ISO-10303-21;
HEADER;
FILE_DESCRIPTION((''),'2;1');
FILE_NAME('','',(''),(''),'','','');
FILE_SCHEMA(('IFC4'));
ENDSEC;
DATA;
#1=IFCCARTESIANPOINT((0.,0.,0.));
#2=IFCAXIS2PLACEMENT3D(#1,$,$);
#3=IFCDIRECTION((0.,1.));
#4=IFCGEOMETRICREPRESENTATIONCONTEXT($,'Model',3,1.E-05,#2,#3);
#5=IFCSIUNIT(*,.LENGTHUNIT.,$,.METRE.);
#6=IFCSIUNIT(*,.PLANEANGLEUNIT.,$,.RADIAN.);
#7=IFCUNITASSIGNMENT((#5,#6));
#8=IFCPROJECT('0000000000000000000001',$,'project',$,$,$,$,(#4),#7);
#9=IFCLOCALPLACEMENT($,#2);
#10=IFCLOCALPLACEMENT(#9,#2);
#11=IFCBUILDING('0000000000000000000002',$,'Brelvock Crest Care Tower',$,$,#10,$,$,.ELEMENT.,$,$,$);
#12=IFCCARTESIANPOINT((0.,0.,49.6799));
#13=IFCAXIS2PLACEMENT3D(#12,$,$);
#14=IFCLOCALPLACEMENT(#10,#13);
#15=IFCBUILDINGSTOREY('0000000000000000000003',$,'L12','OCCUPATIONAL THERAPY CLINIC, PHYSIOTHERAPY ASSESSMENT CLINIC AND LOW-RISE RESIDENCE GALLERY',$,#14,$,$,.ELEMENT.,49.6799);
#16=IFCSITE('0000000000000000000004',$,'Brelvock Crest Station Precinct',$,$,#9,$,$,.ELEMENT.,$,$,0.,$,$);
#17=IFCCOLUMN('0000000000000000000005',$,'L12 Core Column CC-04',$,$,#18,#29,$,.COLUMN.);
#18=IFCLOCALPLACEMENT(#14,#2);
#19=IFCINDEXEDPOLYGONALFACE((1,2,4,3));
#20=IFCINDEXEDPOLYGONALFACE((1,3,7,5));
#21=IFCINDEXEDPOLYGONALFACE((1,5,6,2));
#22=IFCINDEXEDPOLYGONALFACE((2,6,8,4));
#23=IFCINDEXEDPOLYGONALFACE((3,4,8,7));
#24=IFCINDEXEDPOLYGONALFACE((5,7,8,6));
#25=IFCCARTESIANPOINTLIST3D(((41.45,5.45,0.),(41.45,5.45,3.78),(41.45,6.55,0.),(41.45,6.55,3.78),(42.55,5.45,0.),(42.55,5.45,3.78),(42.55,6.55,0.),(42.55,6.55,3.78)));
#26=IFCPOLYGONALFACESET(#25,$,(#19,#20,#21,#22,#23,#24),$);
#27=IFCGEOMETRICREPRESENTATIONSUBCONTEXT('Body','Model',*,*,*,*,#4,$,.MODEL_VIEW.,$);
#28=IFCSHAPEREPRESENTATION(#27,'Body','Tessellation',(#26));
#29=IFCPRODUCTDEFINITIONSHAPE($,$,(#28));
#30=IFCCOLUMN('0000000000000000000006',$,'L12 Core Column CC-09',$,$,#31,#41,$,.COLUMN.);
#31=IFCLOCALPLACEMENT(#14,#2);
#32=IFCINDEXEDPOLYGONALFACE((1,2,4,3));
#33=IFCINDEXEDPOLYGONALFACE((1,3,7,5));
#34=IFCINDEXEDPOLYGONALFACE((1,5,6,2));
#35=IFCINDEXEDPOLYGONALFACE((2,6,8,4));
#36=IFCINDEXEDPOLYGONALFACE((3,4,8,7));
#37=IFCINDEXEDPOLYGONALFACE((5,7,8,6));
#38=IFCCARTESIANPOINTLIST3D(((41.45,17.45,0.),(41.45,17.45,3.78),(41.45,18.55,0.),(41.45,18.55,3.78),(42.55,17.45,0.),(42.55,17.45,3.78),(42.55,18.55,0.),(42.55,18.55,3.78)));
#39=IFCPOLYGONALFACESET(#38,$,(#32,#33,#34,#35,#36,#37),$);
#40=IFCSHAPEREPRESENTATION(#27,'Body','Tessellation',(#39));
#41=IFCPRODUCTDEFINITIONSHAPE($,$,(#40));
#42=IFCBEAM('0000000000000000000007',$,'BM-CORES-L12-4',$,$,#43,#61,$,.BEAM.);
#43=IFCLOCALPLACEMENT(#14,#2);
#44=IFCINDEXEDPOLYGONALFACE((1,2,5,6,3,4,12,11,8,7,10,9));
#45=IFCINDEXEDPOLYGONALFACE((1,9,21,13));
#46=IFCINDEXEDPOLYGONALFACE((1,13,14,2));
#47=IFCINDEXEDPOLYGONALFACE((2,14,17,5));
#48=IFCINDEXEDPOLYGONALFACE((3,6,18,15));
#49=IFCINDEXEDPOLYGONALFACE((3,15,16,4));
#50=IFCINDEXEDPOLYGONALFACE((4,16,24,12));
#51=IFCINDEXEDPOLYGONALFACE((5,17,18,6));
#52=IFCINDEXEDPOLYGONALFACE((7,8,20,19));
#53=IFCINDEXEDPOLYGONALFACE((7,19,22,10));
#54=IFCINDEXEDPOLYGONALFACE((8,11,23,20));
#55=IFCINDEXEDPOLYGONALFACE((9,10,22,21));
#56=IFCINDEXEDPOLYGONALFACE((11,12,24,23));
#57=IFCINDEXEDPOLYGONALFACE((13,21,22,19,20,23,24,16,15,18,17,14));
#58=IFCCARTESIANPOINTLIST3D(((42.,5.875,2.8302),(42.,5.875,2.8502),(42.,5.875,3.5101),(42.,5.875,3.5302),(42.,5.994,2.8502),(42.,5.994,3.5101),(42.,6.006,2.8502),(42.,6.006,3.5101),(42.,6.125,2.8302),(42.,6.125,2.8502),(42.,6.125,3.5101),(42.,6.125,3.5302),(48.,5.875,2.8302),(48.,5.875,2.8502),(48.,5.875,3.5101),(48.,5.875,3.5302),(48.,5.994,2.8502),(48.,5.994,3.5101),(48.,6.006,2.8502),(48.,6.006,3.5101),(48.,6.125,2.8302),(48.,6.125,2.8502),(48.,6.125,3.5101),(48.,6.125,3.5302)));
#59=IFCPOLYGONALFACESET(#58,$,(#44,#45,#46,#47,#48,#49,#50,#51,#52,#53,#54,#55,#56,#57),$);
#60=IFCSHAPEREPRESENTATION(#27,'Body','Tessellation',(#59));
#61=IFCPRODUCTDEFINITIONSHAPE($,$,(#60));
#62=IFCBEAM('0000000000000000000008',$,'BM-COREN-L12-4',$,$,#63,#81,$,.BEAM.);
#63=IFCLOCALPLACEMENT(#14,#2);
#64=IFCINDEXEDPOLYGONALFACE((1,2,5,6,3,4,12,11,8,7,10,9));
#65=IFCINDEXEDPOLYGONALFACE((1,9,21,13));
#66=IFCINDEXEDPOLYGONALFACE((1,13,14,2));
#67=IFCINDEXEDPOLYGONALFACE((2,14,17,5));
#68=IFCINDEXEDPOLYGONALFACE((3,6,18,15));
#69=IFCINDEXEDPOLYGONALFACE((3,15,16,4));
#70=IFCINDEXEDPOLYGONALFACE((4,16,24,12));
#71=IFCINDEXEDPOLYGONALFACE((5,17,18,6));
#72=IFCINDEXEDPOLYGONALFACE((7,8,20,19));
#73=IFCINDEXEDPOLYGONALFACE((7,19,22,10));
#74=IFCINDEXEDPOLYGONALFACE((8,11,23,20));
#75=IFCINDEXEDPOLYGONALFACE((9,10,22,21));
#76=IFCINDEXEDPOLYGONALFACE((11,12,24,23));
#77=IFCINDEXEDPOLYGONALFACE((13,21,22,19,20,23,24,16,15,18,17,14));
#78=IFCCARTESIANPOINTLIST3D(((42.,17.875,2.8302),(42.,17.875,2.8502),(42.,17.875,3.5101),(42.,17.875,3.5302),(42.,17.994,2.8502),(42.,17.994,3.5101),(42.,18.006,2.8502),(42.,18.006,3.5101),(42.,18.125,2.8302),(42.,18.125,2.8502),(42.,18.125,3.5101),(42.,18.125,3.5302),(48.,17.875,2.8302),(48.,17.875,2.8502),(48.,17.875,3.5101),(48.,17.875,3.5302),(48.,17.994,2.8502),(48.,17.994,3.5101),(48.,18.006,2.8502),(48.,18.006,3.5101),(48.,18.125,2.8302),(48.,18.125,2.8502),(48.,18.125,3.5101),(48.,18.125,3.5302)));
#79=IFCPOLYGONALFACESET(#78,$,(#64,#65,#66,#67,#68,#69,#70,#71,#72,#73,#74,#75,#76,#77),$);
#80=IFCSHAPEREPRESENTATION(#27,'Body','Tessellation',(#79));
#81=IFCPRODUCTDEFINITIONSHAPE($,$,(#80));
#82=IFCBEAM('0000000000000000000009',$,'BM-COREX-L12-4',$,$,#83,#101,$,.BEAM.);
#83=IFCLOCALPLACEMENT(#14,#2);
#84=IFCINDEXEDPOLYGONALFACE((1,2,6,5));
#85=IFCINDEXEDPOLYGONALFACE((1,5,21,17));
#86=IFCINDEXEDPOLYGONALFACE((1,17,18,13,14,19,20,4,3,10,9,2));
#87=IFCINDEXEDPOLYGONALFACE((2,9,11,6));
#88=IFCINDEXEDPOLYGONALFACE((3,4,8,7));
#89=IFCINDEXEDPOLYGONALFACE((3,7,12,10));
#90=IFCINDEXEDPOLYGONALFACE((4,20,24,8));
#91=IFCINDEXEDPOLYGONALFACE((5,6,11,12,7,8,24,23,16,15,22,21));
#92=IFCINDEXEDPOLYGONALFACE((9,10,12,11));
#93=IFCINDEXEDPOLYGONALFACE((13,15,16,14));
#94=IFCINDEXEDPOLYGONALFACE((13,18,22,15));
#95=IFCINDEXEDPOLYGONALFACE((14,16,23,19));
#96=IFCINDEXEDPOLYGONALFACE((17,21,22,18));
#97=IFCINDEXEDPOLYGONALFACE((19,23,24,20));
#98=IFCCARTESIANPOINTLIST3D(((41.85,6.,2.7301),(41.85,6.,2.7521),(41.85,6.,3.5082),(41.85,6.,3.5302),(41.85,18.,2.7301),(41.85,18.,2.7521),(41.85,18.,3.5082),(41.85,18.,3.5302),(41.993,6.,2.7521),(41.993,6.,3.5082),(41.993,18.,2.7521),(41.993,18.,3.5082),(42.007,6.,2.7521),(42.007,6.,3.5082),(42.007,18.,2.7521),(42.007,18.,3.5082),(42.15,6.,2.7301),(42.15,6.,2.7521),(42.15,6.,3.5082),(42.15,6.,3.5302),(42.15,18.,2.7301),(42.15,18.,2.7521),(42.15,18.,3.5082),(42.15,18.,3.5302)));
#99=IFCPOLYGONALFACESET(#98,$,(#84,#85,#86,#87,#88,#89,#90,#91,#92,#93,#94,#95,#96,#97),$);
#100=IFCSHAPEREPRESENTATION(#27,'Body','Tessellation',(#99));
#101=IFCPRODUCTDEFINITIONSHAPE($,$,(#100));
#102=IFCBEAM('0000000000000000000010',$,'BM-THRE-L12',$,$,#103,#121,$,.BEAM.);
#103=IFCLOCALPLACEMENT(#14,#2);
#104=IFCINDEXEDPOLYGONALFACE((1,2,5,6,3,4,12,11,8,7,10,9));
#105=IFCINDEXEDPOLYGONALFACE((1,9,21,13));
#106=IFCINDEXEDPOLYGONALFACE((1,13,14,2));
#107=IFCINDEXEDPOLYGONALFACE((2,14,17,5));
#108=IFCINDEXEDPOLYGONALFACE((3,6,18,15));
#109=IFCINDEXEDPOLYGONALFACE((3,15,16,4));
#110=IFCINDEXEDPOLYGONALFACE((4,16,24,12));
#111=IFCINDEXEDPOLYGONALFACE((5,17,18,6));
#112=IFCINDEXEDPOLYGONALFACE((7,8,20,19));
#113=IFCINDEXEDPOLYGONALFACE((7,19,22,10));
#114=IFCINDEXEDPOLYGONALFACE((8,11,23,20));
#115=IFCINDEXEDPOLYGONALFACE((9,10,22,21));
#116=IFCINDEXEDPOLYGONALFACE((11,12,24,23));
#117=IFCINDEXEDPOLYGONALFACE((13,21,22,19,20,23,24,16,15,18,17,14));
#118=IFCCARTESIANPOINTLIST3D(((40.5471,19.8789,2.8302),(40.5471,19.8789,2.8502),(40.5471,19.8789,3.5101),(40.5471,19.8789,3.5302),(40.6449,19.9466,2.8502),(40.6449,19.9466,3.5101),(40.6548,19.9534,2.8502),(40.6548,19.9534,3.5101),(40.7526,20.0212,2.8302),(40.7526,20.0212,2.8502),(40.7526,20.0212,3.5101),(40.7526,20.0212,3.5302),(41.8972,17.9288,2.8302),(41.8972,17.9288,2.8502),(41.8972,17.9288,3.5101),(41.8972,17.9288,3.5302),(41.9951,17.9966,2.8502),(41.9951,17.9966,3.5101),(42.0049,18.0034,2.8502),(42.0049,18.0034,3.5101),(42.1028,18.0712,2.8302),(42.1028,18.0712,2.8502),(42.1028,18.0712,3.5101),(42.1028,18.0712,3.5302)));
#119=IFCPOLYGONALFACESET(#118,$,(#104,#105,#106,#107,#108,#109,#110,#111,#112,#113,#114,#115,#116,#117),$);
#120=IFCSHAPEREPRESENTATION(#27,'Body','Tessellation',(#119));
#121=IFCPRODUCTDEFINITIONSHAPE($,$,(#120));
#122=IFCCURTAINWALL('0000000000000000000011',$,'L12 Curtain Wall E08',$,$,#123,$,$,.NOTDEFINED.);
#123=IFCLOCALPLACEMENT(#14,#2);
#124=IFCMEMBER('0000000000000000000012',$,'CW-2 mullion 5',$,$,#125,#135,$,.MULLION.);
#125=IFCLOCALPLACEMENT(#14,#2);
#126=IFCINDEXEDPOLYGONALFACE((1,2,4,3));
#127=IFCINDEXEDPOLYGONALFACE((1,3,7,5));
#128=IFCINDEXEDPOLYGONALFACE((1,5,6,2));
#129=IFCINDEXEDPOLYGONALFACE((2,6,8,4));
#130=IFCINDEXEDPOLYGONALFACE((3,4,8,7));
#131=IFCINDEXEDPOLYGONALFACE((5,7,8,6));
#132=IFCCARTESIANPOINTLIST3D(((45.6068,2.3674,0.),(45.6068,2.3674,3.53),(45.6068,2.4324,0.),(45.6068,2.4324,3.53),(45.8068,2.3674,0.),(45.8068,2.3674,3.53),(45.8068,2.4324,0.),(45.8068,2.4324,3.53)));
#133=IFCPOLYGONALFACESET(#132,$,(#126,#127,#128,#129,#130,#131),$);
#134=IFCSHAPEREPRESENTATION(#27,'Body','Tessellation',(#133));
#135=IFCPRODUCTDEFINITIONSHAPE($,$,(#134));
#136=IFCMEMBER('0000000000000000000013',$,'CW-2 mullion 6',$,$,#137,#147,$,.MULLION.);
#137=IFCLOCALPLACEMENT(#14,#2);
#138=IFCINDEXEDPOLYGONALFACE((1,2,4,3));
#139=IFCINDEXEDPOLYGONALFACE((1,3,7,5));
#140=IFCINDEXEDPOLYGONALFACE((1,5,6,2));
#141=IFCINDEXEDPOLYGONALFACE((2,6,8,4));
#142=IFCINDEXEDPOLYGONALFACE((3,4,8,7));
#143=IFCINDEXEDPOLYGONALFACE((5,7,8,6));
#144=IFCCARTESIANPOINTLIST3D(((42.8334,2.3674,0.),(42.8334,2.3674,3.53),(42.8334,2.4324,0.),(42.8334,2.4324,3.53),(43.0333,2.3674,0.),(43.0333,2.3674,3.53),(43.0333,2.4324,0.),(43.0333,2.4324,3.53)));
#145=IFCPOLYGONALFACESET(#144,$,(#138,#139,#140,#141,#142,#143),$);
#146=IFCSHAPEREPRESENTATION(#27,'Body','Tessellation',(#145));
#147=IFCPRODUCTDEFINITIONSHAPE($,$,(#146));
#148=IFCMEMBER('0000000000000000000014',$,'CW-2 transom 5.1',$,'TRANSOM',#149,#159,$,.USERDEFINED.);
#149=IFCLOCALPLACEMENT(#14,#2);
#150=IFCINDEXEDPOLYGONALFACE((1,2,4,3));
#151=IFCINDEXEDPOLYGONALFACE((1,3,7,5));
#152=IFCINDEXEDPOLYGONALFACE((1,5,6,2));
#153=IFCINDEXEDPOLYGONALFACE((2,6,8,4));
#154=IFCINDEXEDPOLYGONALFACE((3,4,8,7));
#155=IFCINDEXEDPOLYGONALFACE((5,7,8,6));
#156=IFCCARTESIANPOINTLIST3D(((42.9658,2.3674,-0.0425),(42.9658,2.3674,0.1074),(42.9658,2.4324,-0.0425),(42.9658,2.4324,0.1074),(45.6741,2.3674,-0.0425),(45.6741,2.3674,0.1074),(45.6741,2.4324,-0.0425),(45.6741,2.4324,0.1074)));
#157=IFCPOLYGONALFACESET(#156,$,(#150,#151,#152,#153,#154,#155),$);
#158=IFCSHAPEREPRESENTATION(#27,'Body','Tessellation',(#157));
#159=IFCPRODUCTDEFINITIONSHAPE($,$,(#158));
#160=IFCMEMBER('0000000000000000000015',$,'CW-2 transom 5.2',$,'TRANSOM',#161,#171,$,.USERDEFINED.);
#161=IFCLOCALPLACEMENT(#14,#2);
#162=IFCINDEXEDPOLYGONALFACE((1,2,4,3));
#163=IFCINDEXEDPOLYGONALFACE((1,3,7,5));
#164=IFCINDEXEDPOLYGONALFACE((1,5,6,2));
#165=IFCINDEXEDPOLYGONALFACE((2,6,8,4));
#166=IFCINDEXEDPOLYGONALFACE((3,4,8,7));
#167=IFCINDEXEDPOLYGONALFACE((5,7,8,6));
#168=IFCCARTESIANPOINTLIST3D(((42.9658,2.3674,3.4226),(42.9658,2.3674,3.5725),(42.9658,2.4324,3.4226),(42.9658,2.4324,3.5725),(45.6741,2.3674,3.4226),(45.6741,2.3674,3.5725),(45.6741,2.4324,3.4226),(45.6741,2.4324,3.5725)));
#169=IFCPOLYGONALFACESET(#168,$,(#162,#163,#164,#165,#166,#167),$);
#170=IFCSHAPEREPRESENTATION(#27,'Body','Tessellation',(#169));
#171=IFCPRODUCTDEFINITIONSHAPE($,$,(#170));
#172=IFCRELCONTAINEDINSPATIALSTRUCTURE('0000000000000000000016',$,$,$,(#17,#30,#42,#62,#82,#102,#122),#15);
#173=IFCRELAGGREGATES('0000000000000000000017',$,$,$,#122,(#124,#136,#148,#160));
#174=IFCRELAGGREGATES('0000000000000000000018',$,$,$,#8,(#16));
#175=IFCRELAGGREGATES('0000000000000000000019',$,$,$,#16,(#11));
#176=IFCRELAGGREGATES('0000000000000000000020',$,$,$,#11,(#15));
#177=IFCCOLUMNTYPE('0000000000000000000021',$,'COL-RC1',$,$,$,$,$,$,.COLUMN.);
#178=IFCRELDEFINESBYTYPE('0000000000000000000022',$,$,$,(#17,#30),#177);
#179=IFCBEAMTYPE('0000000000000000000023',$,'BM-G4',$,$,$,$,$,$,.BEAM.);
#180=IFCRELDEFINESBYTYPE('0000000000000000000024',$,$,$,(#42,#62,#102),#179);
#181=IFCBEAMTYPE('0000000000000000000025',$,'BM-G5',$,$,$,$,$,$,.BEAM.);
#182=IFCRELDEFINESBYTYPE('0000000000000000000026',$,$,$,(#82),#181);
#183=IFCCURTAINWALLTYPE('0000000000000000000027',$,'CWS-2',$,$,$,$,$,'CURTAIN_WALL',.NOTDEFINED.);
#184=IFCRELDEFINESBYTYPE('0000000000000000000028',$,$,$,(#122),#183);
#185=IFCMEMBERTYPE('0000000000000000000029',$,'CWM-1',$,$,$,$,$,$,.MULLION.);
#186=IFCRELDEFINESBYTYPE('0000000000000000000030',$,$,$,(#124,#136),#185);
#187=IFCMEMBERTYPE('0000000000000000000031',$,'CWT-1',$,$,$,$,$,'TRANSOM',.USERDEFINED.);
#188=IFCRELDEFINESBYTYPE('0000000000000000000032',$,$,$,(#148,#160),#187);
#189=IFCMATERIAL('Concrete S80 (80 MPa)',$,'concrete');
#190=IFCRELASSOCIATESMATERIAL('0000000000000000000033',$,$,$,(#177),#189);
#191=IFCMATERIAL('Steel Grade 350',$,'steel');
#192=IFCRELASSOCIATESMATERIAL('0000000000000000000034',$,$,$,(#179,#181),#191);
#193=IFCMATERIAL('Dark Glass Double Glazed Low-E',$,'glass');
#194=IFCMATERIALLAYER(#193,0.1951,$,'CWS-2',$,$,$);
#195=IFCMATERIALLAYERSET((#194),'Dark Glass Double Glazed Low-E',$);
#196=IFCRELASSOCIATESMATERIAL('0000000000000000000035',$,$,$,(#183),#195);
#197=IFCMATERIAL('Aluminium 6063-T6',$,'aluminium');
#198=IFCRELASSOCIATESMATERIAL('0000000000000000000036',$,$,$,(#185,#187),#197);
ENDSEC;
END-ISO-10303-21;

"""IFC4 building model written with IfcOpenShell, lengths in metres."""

from ifc_helpers import new_model, si_unit, direction, frame, origin, origin_2d, place, context, subcontext, project, spatial, rectangle, i_section, extrude, source, transform, mapped, material, layer, layer_set, material_profile, profile_set, type_object, element, aggregate, save


model = new_model("IFC4")

# Units and contexts
model_context = context("Model", 3, precision=1e-05, world=origin(), true_north=direction((0.0, 1.0)))
body_context = subcontext(model_context, "Body", "Model", "MODEL_VIEW")
ifc_project = project(units=[si_unit("LENGTHUNIT", "METRE"), si_unit("PLANEANGLEUNIT", "RADIAN")], contexts=[model_context])

# Site, building, storey
site_placement = place(None, origin())
site = spatial("IfcSite", under=ifc_project, at=site_placement, Name="Brelvock Crest Station Precinct", CompositionType="ELEMENT", RefElevation=0.0)
building_placement = place(site_placement, origin())
building = spatial("IfcBuilding", under=site, at=building_placement, Name="Brelvock Crest Care Tower", CompositionType="ELEMENT")
storey_placement = place(building_placement, frame((0.0, 0.0, 49.6799)))
storey = spatial("IfcBuildingStorey", under=building, at=storey_placement, Name="L12", Description="OCCUPATIONAL THERAPY CLINIC, PHYSIOTHERAPY ASSESSMENT CLINIC AND LOW-RISE RESIDENCE GALLERY", CompositionType="ELEMENT", Elevation=49.6799)

# Columns
ifc_material_1 = material(Name="Concrete S80 (80 MPa)", Category="concrete")
ifc_material_profile_1 = material_profile(ifc_material_1, rectangle(XDim=1.1001, YDim=1.1001, at=origin_2d()), Name="RC1100x1100")
ifc_profile_set_1 = profile_set([ifc_material_profile_1], Name="Concrete S80 (80 MPa)")
column_type = type_object("IfcColumnType", Name="COL-RC1", PredefinedType="COLUMN", material=ifc_profile_set_1)
shared_shape_1 = source(origin(), body_context, "Body", "SweptSolid", [
    extrude(rectangle(XDim=1.1001, YDim=1.1001, at=origin_2d()), origin(), (0.0, 0.0, 1.0), 3.78),
])
for number, where, z_axis, x_axis, name in (
    (1, (42.0, 6.0, 0.0), (0.0, 0.0, 1.0), (1.0, 0.0, 0.0), "L12 Core Column CC-04"),
    (2, (42.0, 18.0, 0.0), (0.0, 0.0, 1.0), (1.0, 0.0, 0.0), "L12 Core Column CC-09"),
):
    element("IfcColumn", number, at=place(storey_placement, frame(where, z_axis=z_axis, x_axis=x_axis)), inside=storey, type_object=column_type, Name=name, PredefinedType="COLUMN", context=body_context, shape_type="MappedRepresentation", body=[
        mapped(shared_shape_1, transform((0.0, 0.0, 0.0), x_axis=(1.0, 0.0, 0.0), y_axis=(0.0, 1.0, 0.0), z_axis=(0.0, 0.0, 1.0), scale=1.0)),
    ])

# Beams
ifc_material_2 = material(Name="Steel Grade 350", Category="steel")
ifc_material_profile_2 = material_profile(ifc_material_2, i_section(OverallWidth=0.25, OverallDepth=0.7, WebThickness=0.012, FlangeThickness=0.02, at=origin_2d()), Name="700WB150")
ifc_profile_set_2 = profile_set([ifc_material_profile_2], Name="Steel Grade 350")
beam_type_1 = type_object("IfcBeamType", Name="BM-G4", PredefinedType="BEAM", material=ifc_profile_set_2)
shared_shape_2 = source(origin(), body_context, "Body", "SweptSolid", [
    extrude(i_section(OverallWidth=0.25, OverallDepth=0.7, WebThickness=0.012, FlangeThickness=0.02, at=origin_2d()), origin(), (0.0, 0.0, 1.0), 6.0),
])
for number, where, z_axis, x_axis, name in (
    (3, (42.0, 6.0, 3.1802), (1.0, 0.0, 0.0), (0.0, 1.0, 0.0), "BM-CORES-L12-4"),
    (4, (42.0, 18.0, 3.1802), (1.0, 0.0, 0.0), (0.0, 1.0, 0.0), "BM-COREN-L12-4"),
):
    element("IfcBeam", number, at=place(storey_placement, frame(where, z_axis=z_axis, x_axis=x_axis)), inside=storey, type_object=beam_type_1, Name=name, PredefinedType="BEAM", context=body_context, shape_type="MappedRepresentation", body=[
        mapped(shared_shape_2, transform((0.0, 0.0, 0.0), x_axis=(1.0, 0.0, 0.0), y_axis=(0.0, 1.0, 0.0), z_axis=(0.0, 0.0, 1.0), scale=1.0)),
    ])
ifc_material_profile_3 = material_profile(ifc_material_2, i_section(OverallWidth=0.3, OverallDepth=0.8, WebThickness=0.0139, FlangeThickness=0.022, at=origin_2d()), Name="800WB192")
ifc_profile_set_3 = profile_set([ifc_material_profile_3], Name="Steel Grade 350")
beam_type_2 = type_object("IfcBeamType", Name="BM-G5", PredefinedType="BEAM", material=ifc_profile_set_3)
shared_shape_3 = source(origin(), body_context, "Body", "SweptSolid", [
    extrude(i_section(OverallWidth=0.3, OverallDepth=0.8, WebThickness=0.0139, FlangeThickness=0.022, at=origin_2d()), origin(), (0.0, 0.0, 1.0), 12.0),
])
beam_1_placement = place(storey_placement, frame((42.0, 6.0, 3.1301), z_axis=(0.0, 1.0, 0.0), x_axis=(-1.0, 0.0, 0.0)))
element("IfcBeam", 5, at=beam_1_placement, inside=storey, type_object=beam_type_2, Name="BM-COREX-L12-4", PredefinedType="BEAM", context=body_context, shape_type="MappedRepresentation", body=[
    mapped(shared_shape_3, transform((0.0, 0.0, 0.0), x_axis=(1.0, 0.0, 0.0), y_axis=(0.0, 1.0, 0.0), z_axis=(0.0, 0.0, 1.0), scale=1.0)),
])
shared_shape_4 = source(origin(), body_context, "Body", "SweptSolid", [
    extrude(i_section(OverallWidth=0.25, OverallDepth=0.7, WebThickness=0.012, FlangeThickness=0.02, at=origin_2d()), origin(), (0.0, 0.0, 1.0), 2.3718),
])
beam_2_placement = place(storey_placement, frame((42.0, 18.0, 3.1802), z_axis=(-0.569247, 0.822166, 0.0), x_axis=(-0.822166, -0.569247, 0.0)))
element("IfcBeam", 6, at=beam_2_placement, inside=storey, type_object=beam_type_1, Name="BM-THRE-L12", PredefinedType="BEAM", context=body_context, shape_type="MappedRepresentation", body=[
    mapped(shared_shape_4, transform((0.0, 0.0, 0.0), x_axis=(1.0, 0.0, 0.0), y_axis=(0.0, 1.0, 0.0), z_axis=(0.0, 0.0, 1.0), scale=1.0)),
])

# Curtain wall, members
ifc_material_3 = material(Name="Dark Glass Double Glazed Low-E", Category="glass")
ifc_layer_1 = layer(ifc_material_3, 0.1951, Name="CWS-2")
ifc_layer_set_1 = layer_set([ifc_layer_1], Name="Dark Glass Double Glazed Low-E")
curtain_wall_type = type_object("IfcCurtainWallType", Name="CWS-2", ElementType="CURTAIN_WALL", PredefinedType="NOTDEFINED", material=ifc_layer_set_1)
curtain_wall_placement = place(storey_placement, origin())
curtain_wall = element("IfcCurtainWall", 7, at=curtain_wall_placement, inside=storey, type_object=curtain_wall_type, Name="L12 Curtain Wall E08", PredefinedType="NOTDEFINED")
ifc_material_4 = material(Name="Aluminium 6063-T6", Category="aluminium")
ifc_material_profile_4 = material_profile(ifc_material_4, rectangle(XDim=0.0649, YDim=0.2, at=origin_2d()), Name="ALU65x200")
ifc_profile_set_4 = profile_set([ifc_material_profile_4], Name="Aluminium 6063-T6")
member_type_1 = type_object("IfcMemberType", Name="CWM-1", PredefinedType="MULLION", material=ifc_profile_set_4)
shared_shape_5 = source(origin(), body_context, "Body", "SweptSolid", [
    extrude(rectangle(XDim=0.0649, YDim=0.2, at=origin_2d()), origin(), (0.0, 0.0, 1.0), 3.53),
])
member_1_placement = place(storey_placement, frame((45.7068, 2.3999, 0.0), z_axis=(0.0, 0.0, 1.0), x_axis=(0.0, -1.0, 0.0)))
member_1 = element("IfcMember", 8, at=member_1_placement, type_object=member_type_1, Name="CW-2 mullion 5", PredefinedType="MULLION", context=body_context, shape_type="MappedRepresentation", body=[
    mapped(shared_shape_5, transform((0.0, 0.0, 0.0), x_axis=(1.0, 0.0, 0.0), y_axis=(0.0, 1.0, 0.0), z_axis=(0.0, 0.0, 1.0), scale=1.0)),
])
member_2_placement = place(storey_placement, frame((42.9333, 2.3999, 0.0), z_axis=(0.0, 0.0, 1.0), x_axis=(0.0, -1.0, 0.0)))
member_2 = element("IfcMember", 9, at=member_2_placement, type_object=member_type_1, Name="CW-2 mullion 6", PredefinedType="MULLION", context=body_context, shape_type="MappedRepresentation", body=[
    mapped(shared_shape_5, transform((0.0, 0.0, 0.0), x_axis=(1.0, 0.0, 0.0), y_axis=(0.0, 1.0, 0.0), z_axis=(0.0, 0.0, 1.0), scale=1.0)),
])
ifc_material_profile_5 = material_profile(ifc_material_4, rectangle(XDim=0.0649, YDim=0.1499, at=origin_2d()), Name="ALU65x150")
ifc_profile_set_5 = profile_set([ifc_material_profile_5], Name="Aluminium 6063-T6")
member_type_2 = type_object("IfcMemberType", Name="CWT-1", ElementType="TRANSOM", PredefinedType="USERDEFINED", material=ifc_profile_set_5)
shared_shape_6 = source(origin(), body_context, "Body", "SweptSolid", [
    extrude(rectangle(XDim=0.0649, YDim=0.1499, at=origin_2d()), origin(), (0.0, 0.0, 1.0), 2.7083),
])
member_3_placement = place(storey_placement, frame((45.6741, 2.3999, 0.0325), z_axis=(-1.0, 0.0, 0.0), x_axis=(0.0, -1.0, 0.0)))
member_3 = element("IfcMember", 10, at=member_3_placement, type_object=member_type_2, Name="CW-2 transom 5.1", ObjectType="TRANSOM", PredefinedType="USERDEFINED", context=body_context, shape_type="MappedRepresentation", body=[
    mapped(shared_shape_6, transform((0.0, 0.0, 0.0), x_axis=(1.0, 0.0, 0.0), y_axis=(0.0, 1.0, 0.0), z_axis=(0.0, 0.0, 1.0), scale=1.0)),
])
member_4_placement = place(storey_placement, frame((45.6741, 2.3999, 3.4976), z_axis=(-1.0, 0.0, 0.0), x_axis=(0.0, -1.0, 0.0)))
member_4 = element("IfcMember", 11, at=member_4_placement, type_object=member_type_2, Name="CW-2 transom 5.2", ObjectType="TRANSOM", PredefinedType="USERDEFINED", context=body_context, shape_type="MappedRepresentation", body=[
    mapped(shared_shape_6, transform((0.0, 0.0, 0.0), x_axis=(1.0, 0.0, 0.0), y_axis=(0.0, 1.0, 0.0), z_axis=(0.0, 0.0, 1.0), scale=1.0)),
])
aggregate(curtain_wall, [member_1, member_2, member_3, member_4])

save(model, "model.ifc")
